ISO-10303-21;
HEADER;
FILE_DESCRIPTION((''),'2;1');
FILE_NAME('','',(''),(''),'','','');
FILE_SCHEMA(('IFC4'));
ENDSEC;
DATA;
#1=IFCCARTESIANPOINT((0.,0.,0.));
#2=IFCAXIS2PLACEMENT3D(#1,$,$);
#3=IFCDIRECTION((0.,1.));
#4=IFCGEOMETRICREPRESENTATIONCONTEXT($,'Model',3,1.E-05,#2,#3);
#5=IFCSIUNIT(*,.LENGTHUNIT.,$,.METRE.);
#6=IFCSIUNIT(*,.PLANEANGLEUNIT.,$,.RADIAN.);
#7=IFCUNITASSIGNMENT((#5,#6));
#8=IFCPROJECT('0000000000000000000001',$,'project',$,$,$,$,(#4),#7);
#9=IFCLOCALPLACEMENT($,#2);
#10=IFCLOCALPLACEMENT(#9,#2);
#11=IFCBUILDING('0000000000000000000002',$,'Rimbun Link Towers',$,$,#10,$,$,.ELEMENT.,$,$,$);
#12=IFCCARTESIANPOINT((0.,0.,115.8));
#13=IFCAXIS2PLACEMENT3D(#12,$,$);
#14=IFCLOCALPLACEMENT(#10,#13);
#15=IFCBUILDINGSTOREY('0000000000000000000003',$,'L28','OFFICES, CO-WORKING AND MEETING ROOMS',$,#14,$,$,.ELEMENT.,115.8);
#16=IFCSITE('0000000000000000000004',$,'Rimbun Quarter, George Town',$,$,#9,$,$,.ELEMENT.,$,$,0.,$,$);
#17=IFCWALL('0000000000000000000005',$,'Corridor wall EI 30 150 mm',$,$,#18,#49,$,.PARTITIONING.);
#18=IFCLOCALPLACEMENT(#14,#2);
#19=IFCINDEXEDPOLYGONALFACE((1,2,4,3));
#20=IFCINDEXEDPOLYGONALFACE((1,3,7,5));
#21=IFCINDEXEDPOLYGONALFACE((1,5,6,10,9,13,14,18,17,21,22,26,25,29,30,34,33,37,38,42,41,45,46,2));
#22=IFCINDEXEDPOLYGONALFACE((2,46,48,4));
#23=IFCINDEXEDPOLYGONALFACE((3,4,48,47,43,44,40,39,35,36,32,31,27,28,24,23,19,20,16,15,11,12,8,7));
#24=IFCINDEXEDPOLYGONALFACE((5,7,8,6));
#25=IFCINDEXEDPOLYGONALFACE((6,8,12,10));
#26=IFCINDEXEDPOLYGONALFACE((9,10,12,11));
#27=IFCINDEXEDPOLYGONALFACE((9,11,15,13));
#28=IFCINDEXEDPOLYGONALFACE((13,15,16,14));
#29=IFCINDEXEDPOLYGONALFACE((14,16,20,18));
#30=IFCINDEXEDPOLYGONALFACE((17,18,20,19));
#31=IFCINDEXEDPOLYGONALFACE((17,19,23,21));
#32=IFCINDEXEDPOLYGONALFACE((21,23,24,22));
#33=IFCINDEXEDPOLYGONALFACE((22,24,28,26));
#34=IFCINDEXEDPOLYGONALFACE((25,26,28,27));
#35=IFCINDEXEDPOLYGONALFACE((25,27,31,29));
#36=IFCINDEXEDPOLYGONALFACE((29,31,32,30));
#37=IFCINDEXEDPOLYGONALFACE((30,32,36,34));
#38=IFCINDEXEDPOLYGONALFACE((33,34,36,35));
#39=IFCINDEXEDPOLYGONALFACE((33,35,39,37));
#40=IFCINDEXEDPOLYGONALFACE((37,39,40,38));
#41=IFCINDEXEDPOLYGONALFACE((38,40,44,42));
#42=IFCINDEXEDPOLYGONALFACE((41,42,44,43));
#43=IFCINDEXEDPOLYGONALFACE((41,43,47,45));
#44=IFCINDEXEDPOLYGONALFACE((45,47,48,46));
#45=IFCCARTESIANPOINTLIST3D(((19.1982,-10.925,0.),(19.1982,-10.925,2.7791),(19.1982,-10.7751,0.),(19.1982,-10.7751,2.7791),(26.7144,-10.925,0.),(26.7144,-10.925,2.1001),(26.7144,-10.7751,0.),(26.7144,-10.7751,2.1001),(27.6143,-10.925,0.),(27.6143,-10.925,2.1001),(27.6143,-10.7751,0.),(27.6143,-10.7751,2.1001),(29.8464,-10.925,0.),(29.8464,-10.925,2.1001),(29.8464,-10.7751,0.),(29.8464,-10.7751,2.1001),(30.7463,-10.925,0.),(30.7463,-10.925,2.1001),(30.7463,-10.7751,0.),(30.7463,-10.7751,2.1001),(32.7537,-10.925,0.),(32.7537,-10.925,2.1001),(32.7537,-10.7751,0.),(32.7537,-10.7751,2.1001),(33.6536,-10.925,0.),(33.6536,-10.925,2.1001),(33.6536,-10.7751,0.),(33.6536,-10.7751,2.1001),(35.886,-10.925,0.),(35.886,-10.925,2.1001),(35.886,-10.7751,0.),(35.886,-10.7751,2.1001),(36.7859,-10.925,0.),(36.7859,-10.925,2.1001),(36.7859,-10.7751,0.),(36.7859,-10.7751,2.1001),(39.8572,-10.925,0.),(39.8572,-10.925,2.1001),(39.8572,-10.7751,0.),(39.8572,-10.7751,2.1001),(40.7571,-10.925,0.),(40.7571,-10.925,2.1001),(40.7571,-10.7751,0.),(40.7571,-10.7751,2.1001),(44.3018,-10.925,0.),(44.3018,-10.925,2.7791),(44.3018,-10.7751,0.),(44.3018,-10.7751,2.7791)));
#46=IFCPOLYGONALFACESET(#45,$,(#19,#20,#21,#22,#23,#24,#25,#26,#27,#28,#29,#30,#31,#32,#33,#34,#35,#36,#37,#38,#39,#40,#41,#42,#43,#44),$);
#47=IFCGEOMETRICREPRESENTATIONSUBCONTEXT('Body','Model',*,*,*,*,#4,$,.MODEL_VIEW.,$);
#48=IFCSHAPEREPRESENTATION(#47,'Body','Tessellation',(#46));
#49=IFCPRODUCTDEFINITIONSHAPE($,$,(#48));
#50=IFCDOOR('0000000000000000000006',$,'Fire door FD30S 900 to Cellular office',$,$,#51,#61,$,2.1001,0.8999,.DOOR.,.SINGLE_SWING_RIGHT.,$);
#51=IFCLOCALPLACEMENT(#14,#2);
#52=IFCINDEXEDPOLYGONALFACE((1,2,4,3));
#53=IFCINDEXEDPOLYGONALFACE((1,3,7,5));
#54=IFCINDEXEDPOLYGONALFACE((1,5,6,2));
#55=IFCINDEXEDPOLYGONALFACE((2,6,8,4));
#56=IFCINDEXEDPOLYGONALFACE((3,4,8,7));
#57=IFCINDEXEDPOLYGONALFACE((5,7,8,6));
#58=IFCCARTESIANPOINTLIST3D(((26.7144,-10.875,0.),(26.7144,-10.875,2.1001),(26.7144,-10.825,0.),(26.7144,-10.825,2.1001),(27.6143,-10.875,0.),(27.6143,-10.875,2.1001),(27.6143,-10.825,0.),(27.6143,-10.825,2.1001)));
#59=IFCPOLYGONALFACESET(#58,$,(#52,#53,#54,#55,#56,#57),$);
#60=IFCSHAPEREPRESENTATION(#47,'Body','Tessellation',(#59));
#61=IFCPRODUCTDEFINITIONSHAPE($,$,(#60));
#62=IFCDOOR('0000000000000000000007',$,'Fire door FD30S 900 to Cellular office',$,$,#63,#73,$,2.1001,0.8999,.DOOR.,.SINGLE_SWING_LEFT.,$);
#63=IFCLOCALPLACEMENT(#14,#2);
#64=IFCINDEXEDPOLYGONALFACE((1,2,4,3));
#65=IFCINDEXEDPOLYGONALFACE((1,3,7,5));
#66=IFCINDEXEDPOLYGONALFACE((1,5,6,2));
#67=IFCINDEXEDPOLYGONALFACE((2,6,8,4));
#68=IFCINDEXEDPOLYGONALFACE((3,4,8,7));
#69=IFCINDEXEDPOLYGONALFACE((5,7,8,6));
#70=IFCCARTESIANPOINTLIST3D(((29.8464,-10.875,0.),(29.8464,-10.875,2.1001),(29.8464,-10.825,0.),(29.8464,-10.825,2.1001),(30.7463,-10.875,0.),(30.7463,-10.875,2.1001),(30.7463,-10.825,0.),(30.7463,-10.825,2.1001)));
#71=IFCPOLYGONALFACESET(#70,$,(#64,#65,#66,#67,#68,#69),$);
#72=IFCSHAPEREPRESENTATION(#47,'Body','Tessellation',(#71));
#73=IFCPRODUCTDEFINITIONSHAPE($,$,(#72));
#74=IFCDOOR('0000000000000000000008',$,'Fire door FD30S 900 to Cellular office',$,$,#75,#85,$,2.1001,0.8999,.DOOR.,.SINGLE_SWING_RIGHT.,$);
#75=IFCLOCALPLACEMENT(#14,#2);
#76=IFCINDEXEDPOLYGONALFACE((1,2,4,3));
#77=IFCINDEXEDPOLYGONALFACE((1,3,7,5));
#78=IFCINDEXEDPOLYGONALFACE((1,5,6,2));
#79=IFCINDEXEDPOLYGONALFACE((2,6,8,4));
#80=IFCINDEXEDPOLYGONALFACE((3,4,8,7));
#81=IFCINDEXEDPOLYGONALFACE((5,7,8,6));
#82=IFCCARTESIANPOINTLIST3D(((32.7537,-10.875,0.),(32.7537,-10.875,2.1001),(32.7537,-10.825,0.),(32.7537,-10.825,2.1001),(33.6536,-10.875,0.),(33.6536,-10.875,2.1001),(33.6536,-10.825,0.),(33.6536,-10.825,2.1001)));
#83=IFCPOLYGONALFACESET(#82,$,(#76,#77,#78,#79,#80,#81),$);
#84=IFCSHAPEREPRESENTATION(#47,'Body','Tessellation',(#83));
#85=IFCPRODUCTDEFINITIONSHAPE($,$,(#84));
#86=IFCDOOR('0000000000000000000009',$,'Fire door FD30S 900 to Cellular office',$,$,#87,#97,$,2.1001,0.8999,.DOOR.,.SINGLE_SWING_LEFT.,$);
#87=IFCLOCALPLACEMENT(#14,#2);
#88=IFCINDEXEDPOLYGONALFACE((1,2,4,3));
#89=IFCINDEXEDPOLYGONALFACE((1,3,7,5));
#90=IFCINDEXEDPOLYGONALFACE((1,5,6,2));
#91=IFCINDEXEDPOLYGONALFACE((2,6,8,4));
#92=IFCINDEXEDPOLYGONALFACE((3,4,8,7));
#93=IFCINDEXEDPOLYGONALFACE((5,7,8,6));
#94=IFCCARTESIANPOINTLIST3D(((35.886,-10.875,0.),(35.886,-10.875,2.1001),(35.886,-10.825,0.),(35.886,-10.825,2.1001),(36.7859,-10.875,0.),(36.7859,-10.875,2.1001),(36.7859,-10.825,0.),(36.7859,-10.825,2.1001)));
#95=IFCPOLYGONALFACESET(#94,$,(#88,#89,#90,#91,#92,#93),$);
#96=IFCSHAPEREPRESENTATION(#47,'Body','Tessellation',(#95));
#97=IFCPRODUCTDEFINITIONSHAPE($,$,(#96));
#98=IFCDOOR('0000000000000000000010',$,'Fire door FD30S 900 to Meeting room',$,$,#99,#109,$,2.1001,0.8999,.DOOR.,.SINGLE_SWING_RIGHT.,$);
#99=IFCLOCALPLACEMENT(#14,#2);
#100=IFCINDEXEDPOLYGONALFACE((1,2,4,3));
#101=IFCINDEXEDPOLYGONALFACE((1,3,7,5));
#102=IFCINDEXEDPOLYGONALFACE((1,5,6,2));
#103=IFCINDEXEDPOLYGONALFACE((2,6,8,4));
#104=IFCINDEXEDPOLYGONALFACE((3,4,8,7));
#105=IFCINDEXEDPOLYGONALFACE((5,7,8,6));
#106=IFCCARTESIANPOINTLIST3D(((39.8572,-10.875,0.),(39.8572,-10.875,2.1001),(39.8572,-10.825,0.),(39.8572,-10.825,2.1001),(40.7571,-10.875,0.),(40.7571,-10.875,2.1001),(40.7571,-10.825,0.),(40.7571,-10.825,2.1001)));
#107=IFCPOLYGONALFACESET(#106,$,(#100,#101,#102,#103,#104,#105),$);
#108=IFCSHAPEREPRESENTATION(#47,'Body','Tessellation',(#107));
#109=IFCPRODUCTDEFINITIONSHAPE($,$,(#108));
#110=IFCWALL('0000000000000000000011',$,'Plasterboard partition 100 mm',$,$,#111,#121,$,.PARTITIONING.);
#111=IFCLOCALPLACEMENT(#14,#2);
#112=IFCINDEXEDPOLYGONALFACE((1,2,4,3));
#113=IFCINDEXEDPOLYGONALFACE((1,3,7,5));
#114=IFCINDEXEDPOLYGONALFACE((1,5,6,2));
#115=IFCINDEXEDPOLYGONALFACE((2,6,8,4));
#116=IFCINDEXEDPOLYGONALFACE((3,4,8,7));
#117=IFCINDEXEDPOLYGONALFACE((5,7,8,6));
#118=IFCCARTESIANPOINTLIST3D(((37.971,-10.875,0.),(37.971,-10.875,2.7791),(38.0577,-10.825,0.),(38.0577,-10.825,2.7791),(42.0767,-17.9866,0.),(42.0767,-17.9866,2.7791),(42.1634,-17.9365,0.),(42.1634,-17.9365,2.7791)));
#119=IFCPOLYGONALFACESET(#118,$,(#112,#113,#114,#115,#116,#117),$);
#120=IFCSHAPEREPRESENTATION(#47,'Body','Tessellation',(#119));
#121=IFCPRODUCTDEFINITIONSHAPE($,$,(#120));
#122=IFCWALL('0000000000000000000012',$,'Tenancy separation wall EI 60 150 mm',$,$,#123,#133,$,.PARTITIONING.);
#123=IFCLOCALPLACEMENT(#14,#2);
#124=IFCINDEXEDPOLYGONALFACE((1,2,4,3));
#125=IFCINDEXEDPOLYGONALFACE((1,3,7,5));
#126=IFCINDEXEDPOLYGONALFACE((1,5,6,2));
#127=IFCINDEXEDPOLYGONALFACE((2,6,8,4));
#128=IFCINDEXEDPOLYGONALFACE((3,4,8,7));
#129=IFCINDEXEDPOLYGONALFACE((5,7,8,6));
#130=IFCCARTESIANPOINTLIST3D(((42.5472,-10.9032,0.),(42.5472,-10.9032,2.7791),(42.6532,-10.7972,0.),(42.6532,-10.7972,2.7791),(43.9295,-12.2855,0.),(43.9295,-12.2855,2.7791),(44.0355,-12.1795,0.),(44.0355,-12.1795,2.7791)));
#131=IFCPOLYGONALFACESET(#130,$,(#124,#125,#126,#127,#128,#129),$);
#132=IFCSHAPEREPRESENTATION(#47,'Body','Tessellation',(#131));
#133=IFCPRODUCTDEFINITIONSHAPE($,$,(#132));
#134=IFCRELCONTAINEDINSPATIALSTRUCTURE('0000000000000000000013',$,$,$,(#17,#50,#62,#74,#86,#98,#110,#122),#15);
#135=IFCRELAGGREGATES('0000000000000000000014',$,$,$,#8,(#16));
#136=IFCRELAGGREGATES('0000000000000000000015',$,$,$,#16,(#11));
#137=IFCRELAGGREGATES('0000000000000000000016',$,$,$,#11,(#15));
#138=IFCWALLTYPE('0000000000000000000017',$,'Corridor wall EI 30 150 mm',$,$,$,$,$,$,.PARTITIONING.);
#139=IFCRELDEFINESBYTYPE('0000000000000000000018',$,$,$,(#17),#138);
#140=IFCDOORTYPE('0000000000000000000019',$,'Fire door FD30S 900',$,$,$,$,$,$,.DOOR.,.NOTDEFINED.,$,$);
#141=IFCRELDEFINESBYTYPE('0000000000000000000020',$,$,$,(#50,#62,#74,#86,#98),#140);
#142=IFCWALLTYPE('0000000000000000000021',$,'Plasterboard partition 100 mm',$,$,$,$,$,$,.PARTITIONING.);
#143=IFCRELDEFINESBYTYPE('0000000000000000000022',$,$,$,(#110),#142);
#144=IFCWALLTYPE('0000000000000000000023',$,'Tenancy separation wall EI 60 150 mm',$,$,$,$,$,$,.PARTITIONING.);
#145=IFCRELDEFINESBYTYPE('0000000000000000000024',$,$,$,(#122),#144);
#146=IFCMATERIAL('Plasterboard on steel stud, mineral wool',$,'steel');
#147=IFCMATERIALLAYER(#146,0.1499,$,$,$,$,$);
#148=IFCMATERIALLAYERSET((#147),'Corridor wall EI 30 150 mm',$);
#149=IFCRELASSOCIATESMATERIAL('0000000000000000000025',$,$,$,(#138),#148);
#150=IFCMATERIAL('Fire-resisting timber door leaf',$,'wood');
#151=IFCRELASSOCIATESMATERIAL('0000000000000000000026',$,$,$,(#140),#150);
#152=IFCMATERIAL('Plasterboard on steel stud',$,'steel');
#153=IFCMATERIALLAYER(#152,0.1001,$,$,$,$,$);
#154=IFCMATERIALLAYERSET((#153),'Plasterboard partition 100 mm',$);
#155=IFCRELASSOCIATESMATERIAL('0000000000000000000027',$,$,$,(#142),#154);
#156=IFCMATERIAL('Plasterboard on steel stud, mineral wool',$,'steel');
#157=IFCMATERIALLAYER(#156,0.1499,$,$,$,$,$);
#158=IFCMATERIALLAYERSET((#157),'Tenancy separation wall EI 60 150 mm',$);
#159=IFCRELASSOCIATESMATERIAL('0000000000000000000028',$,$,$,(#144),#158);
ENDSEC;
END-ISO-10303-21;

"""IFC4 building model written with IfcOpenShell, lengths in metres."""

from ifc_helpers import new_model, si_unit, direction, frame, frame_2d, origin, place, context, subcontext, project, spatial, rectangle, extrude, material, layer, layer_set, type_object, element, fill, save


model = new_model("IFC4")

# Units and contexts
model_context = context("Model", 3, precision=1e-05, world=origin(), true_north=direction((0.0, 1.0)))
body_context = subcontext(model_context, "Body", "Model", "MODEL_VIEW")
ifc_project = project(units=[si_unit("LENGTHUNIT", "METRE"), si_unit("PLANEANGLEUNIT", "RADIAN")], contexts=[model_context])

# Site, building, storey
site_placement = place(None, origin())
site = spatial("IfcSite", under=ifc_project, at=site_placement, Name="Rimbun Quarter, George Town", CompositionType="ELEMENT", RefElevation=0.0)
building_placement = place(site_placement, origin())
building = spatial("IfcBuilding", under=site, at=building_placement, Name="Rimbun Link Towers", CompositionType="ELEMENT")
storey_placement = place(building_placement, frame((0.0, 0.0, 115.8)))
storey = spatial("IfcBuildingStorey", under=building, at=storey_placement, Name="L28", Description="OFFICES, CO-WORKING AND MEETING ROOMS", CompositionType="ELEMENT", Elevation=115.8)

# Shared definitions
ifc_material_1 = material(Name="Plasterboard on steel stud, mineral wool", Category="steel")
ifc_layer_1 = layer(ifc_material_1, 0.1499)
ifc_layer_set_1 = layer_set([ifc_layer_1], Name="Corridor wall EI 30 150 mm")
wall_type_1 = type_object("IfcWallType", Name="Corridor wall EI 30 150 mm", PredefinedType="PARTITIONING", material=ifc_layer_set_1)

# Wall, openings, doors
wall_1_placement = place(storey_placement, frame((44.3018, -10.8501, 0.0), z_axis=(0.0, 0.0, 1.0), x_axis=(-1.0, 0.0, 0.0)))
wall_1 = element("IfcWall", 1, at=wall_1_placement, inside=storey, type_object=wall_type_1, Name="Corridor wall EI 30 150 mm", PredefinedType="PARTITIONING", context=body_context, shape_type="SweptSolid", body=[
    extrude(rectangle(XDim=25.1035, YDim=0.1499, at=frame_2d((12.5518, 0.0))), origin(), (0.0, 0.0, 1.0), 2.7791),
])
opening_1_placement = place(wall_1_placement, frame((16.6875, 0.0, 0.0)))
opening_1 = element("IfcOpeningElement", 2, at=opening_1_placement, cuts=wall_1, PredefinedType="OPENING", context=body_context, shape_type="SweptSolid", body=[
    extrude(rectangle(XDim=0.8999, YDim=2.1001, at=frame_2d((0.45, 1.05))), frame((0.0, 0.085, 0.0), z_axis=(0.0, -1.0, 0.0), x_axis=(1.0, 0.0, 0.0)), (0.0, 0.0, 1.0), 0.1699),
])
opening_2_placement = place(wall_1_placement, frame((13.5554, 0.0, 0.0)))
opening_2 = element("IfcOpeningElement", 3, at=opening_2_placement, cuts=wall_1, PredefinedType="OPENING", context=body_context, shape_type="SweptSolid", body=[
    extrude(rectangle(XDim=0.8999, YDim=2.1001, at=frame_2d((0.45, 1.05))), frame((0.0, 0.085, 0.0), z_axis=(0.0, -1.0, 0.0), x_axis=(1.0, 0.0, 0.0)), (0.0, 0.0, 1.0), 0.1699),
])
opening_3_placement = place(wall_1_placement, frame((10.6482, 0.0, 0.0)))
opening_3 = element("IfcOpeningElement", 4, at=opening_3_placement, cuts=wall_1, PredefinedType="OPENING", context=body_context, shape_type="SweptSolid", body=[
    extrude(rectangle(XDim=0.8999, YDim=2.1001, at=frame_2d((0.45, 1.05))), frame((0.0, 0.085, 0.0), z_axis=(0.0, -1.0, 0.0), x_axis=(1.0, 0.0, 0.0)), (0.0, 0.0, 1.0), 0.1699),
])
opening_4_placement = place(wall_1_placement, frame((7.5159, 0.0, 0.0)))
opening_4 = element("IfcOpeningElement", 5, at=opening_4_placement, cuts=wall_1, PredefinedType="OPENING", context=body_context, shape_type="SweptSolid", body=[
    extrude(rectangle(XDim=0.8999, YDim=2.1001, at=frame_2d((0.45, 1.05))), frame((0.0, 0.085, 0.0), z_axis=(0.0, -1.0, 0.0), x_axis=(1.0, 0.0, 0.0)), (0.0, 0.0, 1.0), 0.1699),
])
opening_5_placement = place(wall_1_placement, frame((3.5447, 0.0, 0.0)))
opening_5 = element("IfcOpeningElement", 6, at=opening_5_placement, cuts=wall_1, PredefinedType="OPENING", context=body_context, shape_type="SweptSolid", body=[
    extrude(rectangle(XDim=0.8999, YDim=2.1001, at=frame_2d((0.45, 1.05))), frame((0.0, 0.085, 0.0), z_axis=(0.0, -1.0, 0.0), x_axis=(1.0, 0.0, 0.0)), (0.0, 0.0, 1.0), 0.1699),
])
ifc_material_2 = material(Name="Fire-resisting timber door leaf", Category="wood")
door_type = type_object("IfcDoorType", Name="Fire door FD30S 900", OperationType="NOTDEFINED", PredefinedType="DOOR", material=ifc_material_2)
door_1_placement = place(opening_1_placement, origin())
door_1 = element("IfcDoor", 7, at=door_1_placement, inside=storey, type_object=door_type, Name="Fire door FD30S 900 to Cellular office", OperationType="SINGLE_SWING_RIGHT", OverallHeight=2.1001, OverallWidth=0.8999, PredefinedType="DOOR", context=body_context, shape_type="SweptSolid", body=[
    extrude(rectangle(XDim=0.8999, YDim=2.1001, at=frame_2d((0.45, 1.05))), frame((0.0, 0.0249, 0.0), z_axis=(0.0, -1.0, 0.0), x_axis=(1.0, 0.0, 0.0)), (0.0, 0.0, 1.0), 0.05),
])
fill(opening_1, door_1)
door_2_placement = place(opening_2_placement, origin())
door_2 = element("IfcDoor", 8, at=door_2_placement, inside=storey, type_object=door_type, Name="Fire door FD30S 900 to Cellular office", OperationType="SINGLE_SWING_LEFT", OverallHeight=2.1001, OverallWidth=0.8999, PredefinedType="DOOR", context=body_context, shape_type="SweptSolid", body=[
    extrude(rectangle(XDim=0.8999, YDim=2.1001, at=frame_2d((0.45, 1.05))), frame((0.0, 0.0249, 0.0), z_axis=(0.0, -1.0, 0.0), x_axis=(1.0, 0.0, 0.0)), (0.0, 0.0, 1.0), 0.05),
])
fill(opening_2, door_2)
door_3_placement = place(opening_3_placement, origin())
door_3 = element("IfcDoor", 9, at=door_3_placement, inside=storey, type_object=door_type, Name="Fire door FD30S 900 to Cellular office", OperationType="SINGLE_SWING_RIGHT", OverallHeight=2.1001, OverallWidth=0.8999, PredefinedType="DOOR", context=body_context, shape_type="SweptSolid", body=[
    extrude(rectangle(XDim=0.8999, YDim=2.1001, at=frame_2d((0.45, 1.05))), frame((0.0, 0.0249, 0.0), z_axis=(0.0, -1.0, 0.0), x_axis=(1.0, 0.0, 0.0)), (0.0, 0.0, 1.0), 0.05),
])
fill(opening_3, door_3)
door_4_placement = place(opening_4_placement, origin())
door_4 = element("IfcDoor", 10, at=door_4_placement, inside=storey, type_object=door_type, Name="Fire door FD30S 900 to Cellular office", OperationType="SINGLE_SWING_LEFT", OverallHeight=2.1001, OverallWidth=0.8999, PredefinedType="DOOR", context=body_context, shape_type="SweptSolid", body=[
    extrude(rectangle(XDim=0.8999, YDim=2.1001, at=frame_2d((0.45, 1.05))), frame((0.0, 0.0249, 0.0), z_axis=(0.0, -1.0, 0.0), x_axis=(1.0, 0.0, 0.0)), (0.0, 0.0, 1.0), 0.05),
])
fill(opening_4, door_4)
door_5_placement = place(opening_5_placement, origin())
door_5 = element("IfcDoor", 11, at=door_5_placement, inside=storey, type_object=door_type, Name="Fire door FD30S 900 to Meeting room", OperationType="SINGLE_SWING_RIGHT", OverallHeight=2.1001, OverallWidth=0.8999, PredefinedType="DOOR", context=body_context, shape_type="SweptSolid", body=[
    extrude(rectangle(XDim=0.8999, YDim=2.1001, at=frame_2d((0.45, 1.05))), frame((0.0, 0.0249, 0.0), z_axis=(0.0, -1.0, 0.0), x_axis=(1.0, 0.0, 0.0)), (0.0, 0.0, 1.0), 0.05),
])
fill(opening_5, door_5)

# Walls
ifc_material_3 = material(Name="Plasterboard on steel stud", Category="steel")
ifc_layer_2 = layer(ifc_material_3, 0.1001)
ifc_layer_set_2 = layer_set([ifc_layer_2], Name="Plasterboard partition 100 mm")
wall_type_2 = type_object("IfcWallType", Name="Plasterboard partition 100 mm", PredefinedType="PARTITIONING", material=ifc_layer_set_2)
wall_2_placement = place(storey_placement, frame((42.1201, -17.9617, 0.0), z_axis=(0.0, 0.0, 1.0), x_axis=(-0.499986, 0.866034, 0.0)))
element("IfcWall", 12, at=wall_2_placement, inside=storey, type_object=wall_type_2, Name="Plasterboard partition 100 mm", PredefinedType="PARTITIONING", context=body_context, shape_type="SweptSolid", body=[
    extrude(rectangle(XDim=8.2117, YDim=0.1001, at=frame_2d((4.106, 0.0))), origin(), (0.0, 0.0, 1.0), 2.7791),
])
ifc_material_4 = material(Name="Plasterboard on steel stud, mineral wool", Category="steel")
ifc_layer_3 = layer(ifc_material_4, 0.1499)
ifc_layer_set_3 = layer_set([ifc_layer_3], Name="Tenancy separation wall EI 60 150 mm")
wall_type_3 = type_object("IfcWallType", Name="Tenancy separation wall EI 60 150 mm", PredefinedType="PARTITIONING", material=ifc_layer_set_3)
wall_3_placement = place(storey_placement, frame((42.6001, -10.8501, 0.0), z_axis=(0.0, 0.0, 1.0), x_axis=(0.707107, -0.707107, 0.0)))
element("IfcWall", 13, at=wall_3_placement, inside=storey, type_object=wall_type_3, Name="Tenancy separation wall EI 60 150 mm", PredefinedType="PARTITIONING", context=body_context, shape_type="SweptSolid", body=[
    extrude(rectangle(XDim=1.9548, YDim=0.1499, at=frame_2d((0.9775, 0.0))), origin(), (0.0, 0.0, 1.0), 2.7791),
])

save(model, "model.ifc")
